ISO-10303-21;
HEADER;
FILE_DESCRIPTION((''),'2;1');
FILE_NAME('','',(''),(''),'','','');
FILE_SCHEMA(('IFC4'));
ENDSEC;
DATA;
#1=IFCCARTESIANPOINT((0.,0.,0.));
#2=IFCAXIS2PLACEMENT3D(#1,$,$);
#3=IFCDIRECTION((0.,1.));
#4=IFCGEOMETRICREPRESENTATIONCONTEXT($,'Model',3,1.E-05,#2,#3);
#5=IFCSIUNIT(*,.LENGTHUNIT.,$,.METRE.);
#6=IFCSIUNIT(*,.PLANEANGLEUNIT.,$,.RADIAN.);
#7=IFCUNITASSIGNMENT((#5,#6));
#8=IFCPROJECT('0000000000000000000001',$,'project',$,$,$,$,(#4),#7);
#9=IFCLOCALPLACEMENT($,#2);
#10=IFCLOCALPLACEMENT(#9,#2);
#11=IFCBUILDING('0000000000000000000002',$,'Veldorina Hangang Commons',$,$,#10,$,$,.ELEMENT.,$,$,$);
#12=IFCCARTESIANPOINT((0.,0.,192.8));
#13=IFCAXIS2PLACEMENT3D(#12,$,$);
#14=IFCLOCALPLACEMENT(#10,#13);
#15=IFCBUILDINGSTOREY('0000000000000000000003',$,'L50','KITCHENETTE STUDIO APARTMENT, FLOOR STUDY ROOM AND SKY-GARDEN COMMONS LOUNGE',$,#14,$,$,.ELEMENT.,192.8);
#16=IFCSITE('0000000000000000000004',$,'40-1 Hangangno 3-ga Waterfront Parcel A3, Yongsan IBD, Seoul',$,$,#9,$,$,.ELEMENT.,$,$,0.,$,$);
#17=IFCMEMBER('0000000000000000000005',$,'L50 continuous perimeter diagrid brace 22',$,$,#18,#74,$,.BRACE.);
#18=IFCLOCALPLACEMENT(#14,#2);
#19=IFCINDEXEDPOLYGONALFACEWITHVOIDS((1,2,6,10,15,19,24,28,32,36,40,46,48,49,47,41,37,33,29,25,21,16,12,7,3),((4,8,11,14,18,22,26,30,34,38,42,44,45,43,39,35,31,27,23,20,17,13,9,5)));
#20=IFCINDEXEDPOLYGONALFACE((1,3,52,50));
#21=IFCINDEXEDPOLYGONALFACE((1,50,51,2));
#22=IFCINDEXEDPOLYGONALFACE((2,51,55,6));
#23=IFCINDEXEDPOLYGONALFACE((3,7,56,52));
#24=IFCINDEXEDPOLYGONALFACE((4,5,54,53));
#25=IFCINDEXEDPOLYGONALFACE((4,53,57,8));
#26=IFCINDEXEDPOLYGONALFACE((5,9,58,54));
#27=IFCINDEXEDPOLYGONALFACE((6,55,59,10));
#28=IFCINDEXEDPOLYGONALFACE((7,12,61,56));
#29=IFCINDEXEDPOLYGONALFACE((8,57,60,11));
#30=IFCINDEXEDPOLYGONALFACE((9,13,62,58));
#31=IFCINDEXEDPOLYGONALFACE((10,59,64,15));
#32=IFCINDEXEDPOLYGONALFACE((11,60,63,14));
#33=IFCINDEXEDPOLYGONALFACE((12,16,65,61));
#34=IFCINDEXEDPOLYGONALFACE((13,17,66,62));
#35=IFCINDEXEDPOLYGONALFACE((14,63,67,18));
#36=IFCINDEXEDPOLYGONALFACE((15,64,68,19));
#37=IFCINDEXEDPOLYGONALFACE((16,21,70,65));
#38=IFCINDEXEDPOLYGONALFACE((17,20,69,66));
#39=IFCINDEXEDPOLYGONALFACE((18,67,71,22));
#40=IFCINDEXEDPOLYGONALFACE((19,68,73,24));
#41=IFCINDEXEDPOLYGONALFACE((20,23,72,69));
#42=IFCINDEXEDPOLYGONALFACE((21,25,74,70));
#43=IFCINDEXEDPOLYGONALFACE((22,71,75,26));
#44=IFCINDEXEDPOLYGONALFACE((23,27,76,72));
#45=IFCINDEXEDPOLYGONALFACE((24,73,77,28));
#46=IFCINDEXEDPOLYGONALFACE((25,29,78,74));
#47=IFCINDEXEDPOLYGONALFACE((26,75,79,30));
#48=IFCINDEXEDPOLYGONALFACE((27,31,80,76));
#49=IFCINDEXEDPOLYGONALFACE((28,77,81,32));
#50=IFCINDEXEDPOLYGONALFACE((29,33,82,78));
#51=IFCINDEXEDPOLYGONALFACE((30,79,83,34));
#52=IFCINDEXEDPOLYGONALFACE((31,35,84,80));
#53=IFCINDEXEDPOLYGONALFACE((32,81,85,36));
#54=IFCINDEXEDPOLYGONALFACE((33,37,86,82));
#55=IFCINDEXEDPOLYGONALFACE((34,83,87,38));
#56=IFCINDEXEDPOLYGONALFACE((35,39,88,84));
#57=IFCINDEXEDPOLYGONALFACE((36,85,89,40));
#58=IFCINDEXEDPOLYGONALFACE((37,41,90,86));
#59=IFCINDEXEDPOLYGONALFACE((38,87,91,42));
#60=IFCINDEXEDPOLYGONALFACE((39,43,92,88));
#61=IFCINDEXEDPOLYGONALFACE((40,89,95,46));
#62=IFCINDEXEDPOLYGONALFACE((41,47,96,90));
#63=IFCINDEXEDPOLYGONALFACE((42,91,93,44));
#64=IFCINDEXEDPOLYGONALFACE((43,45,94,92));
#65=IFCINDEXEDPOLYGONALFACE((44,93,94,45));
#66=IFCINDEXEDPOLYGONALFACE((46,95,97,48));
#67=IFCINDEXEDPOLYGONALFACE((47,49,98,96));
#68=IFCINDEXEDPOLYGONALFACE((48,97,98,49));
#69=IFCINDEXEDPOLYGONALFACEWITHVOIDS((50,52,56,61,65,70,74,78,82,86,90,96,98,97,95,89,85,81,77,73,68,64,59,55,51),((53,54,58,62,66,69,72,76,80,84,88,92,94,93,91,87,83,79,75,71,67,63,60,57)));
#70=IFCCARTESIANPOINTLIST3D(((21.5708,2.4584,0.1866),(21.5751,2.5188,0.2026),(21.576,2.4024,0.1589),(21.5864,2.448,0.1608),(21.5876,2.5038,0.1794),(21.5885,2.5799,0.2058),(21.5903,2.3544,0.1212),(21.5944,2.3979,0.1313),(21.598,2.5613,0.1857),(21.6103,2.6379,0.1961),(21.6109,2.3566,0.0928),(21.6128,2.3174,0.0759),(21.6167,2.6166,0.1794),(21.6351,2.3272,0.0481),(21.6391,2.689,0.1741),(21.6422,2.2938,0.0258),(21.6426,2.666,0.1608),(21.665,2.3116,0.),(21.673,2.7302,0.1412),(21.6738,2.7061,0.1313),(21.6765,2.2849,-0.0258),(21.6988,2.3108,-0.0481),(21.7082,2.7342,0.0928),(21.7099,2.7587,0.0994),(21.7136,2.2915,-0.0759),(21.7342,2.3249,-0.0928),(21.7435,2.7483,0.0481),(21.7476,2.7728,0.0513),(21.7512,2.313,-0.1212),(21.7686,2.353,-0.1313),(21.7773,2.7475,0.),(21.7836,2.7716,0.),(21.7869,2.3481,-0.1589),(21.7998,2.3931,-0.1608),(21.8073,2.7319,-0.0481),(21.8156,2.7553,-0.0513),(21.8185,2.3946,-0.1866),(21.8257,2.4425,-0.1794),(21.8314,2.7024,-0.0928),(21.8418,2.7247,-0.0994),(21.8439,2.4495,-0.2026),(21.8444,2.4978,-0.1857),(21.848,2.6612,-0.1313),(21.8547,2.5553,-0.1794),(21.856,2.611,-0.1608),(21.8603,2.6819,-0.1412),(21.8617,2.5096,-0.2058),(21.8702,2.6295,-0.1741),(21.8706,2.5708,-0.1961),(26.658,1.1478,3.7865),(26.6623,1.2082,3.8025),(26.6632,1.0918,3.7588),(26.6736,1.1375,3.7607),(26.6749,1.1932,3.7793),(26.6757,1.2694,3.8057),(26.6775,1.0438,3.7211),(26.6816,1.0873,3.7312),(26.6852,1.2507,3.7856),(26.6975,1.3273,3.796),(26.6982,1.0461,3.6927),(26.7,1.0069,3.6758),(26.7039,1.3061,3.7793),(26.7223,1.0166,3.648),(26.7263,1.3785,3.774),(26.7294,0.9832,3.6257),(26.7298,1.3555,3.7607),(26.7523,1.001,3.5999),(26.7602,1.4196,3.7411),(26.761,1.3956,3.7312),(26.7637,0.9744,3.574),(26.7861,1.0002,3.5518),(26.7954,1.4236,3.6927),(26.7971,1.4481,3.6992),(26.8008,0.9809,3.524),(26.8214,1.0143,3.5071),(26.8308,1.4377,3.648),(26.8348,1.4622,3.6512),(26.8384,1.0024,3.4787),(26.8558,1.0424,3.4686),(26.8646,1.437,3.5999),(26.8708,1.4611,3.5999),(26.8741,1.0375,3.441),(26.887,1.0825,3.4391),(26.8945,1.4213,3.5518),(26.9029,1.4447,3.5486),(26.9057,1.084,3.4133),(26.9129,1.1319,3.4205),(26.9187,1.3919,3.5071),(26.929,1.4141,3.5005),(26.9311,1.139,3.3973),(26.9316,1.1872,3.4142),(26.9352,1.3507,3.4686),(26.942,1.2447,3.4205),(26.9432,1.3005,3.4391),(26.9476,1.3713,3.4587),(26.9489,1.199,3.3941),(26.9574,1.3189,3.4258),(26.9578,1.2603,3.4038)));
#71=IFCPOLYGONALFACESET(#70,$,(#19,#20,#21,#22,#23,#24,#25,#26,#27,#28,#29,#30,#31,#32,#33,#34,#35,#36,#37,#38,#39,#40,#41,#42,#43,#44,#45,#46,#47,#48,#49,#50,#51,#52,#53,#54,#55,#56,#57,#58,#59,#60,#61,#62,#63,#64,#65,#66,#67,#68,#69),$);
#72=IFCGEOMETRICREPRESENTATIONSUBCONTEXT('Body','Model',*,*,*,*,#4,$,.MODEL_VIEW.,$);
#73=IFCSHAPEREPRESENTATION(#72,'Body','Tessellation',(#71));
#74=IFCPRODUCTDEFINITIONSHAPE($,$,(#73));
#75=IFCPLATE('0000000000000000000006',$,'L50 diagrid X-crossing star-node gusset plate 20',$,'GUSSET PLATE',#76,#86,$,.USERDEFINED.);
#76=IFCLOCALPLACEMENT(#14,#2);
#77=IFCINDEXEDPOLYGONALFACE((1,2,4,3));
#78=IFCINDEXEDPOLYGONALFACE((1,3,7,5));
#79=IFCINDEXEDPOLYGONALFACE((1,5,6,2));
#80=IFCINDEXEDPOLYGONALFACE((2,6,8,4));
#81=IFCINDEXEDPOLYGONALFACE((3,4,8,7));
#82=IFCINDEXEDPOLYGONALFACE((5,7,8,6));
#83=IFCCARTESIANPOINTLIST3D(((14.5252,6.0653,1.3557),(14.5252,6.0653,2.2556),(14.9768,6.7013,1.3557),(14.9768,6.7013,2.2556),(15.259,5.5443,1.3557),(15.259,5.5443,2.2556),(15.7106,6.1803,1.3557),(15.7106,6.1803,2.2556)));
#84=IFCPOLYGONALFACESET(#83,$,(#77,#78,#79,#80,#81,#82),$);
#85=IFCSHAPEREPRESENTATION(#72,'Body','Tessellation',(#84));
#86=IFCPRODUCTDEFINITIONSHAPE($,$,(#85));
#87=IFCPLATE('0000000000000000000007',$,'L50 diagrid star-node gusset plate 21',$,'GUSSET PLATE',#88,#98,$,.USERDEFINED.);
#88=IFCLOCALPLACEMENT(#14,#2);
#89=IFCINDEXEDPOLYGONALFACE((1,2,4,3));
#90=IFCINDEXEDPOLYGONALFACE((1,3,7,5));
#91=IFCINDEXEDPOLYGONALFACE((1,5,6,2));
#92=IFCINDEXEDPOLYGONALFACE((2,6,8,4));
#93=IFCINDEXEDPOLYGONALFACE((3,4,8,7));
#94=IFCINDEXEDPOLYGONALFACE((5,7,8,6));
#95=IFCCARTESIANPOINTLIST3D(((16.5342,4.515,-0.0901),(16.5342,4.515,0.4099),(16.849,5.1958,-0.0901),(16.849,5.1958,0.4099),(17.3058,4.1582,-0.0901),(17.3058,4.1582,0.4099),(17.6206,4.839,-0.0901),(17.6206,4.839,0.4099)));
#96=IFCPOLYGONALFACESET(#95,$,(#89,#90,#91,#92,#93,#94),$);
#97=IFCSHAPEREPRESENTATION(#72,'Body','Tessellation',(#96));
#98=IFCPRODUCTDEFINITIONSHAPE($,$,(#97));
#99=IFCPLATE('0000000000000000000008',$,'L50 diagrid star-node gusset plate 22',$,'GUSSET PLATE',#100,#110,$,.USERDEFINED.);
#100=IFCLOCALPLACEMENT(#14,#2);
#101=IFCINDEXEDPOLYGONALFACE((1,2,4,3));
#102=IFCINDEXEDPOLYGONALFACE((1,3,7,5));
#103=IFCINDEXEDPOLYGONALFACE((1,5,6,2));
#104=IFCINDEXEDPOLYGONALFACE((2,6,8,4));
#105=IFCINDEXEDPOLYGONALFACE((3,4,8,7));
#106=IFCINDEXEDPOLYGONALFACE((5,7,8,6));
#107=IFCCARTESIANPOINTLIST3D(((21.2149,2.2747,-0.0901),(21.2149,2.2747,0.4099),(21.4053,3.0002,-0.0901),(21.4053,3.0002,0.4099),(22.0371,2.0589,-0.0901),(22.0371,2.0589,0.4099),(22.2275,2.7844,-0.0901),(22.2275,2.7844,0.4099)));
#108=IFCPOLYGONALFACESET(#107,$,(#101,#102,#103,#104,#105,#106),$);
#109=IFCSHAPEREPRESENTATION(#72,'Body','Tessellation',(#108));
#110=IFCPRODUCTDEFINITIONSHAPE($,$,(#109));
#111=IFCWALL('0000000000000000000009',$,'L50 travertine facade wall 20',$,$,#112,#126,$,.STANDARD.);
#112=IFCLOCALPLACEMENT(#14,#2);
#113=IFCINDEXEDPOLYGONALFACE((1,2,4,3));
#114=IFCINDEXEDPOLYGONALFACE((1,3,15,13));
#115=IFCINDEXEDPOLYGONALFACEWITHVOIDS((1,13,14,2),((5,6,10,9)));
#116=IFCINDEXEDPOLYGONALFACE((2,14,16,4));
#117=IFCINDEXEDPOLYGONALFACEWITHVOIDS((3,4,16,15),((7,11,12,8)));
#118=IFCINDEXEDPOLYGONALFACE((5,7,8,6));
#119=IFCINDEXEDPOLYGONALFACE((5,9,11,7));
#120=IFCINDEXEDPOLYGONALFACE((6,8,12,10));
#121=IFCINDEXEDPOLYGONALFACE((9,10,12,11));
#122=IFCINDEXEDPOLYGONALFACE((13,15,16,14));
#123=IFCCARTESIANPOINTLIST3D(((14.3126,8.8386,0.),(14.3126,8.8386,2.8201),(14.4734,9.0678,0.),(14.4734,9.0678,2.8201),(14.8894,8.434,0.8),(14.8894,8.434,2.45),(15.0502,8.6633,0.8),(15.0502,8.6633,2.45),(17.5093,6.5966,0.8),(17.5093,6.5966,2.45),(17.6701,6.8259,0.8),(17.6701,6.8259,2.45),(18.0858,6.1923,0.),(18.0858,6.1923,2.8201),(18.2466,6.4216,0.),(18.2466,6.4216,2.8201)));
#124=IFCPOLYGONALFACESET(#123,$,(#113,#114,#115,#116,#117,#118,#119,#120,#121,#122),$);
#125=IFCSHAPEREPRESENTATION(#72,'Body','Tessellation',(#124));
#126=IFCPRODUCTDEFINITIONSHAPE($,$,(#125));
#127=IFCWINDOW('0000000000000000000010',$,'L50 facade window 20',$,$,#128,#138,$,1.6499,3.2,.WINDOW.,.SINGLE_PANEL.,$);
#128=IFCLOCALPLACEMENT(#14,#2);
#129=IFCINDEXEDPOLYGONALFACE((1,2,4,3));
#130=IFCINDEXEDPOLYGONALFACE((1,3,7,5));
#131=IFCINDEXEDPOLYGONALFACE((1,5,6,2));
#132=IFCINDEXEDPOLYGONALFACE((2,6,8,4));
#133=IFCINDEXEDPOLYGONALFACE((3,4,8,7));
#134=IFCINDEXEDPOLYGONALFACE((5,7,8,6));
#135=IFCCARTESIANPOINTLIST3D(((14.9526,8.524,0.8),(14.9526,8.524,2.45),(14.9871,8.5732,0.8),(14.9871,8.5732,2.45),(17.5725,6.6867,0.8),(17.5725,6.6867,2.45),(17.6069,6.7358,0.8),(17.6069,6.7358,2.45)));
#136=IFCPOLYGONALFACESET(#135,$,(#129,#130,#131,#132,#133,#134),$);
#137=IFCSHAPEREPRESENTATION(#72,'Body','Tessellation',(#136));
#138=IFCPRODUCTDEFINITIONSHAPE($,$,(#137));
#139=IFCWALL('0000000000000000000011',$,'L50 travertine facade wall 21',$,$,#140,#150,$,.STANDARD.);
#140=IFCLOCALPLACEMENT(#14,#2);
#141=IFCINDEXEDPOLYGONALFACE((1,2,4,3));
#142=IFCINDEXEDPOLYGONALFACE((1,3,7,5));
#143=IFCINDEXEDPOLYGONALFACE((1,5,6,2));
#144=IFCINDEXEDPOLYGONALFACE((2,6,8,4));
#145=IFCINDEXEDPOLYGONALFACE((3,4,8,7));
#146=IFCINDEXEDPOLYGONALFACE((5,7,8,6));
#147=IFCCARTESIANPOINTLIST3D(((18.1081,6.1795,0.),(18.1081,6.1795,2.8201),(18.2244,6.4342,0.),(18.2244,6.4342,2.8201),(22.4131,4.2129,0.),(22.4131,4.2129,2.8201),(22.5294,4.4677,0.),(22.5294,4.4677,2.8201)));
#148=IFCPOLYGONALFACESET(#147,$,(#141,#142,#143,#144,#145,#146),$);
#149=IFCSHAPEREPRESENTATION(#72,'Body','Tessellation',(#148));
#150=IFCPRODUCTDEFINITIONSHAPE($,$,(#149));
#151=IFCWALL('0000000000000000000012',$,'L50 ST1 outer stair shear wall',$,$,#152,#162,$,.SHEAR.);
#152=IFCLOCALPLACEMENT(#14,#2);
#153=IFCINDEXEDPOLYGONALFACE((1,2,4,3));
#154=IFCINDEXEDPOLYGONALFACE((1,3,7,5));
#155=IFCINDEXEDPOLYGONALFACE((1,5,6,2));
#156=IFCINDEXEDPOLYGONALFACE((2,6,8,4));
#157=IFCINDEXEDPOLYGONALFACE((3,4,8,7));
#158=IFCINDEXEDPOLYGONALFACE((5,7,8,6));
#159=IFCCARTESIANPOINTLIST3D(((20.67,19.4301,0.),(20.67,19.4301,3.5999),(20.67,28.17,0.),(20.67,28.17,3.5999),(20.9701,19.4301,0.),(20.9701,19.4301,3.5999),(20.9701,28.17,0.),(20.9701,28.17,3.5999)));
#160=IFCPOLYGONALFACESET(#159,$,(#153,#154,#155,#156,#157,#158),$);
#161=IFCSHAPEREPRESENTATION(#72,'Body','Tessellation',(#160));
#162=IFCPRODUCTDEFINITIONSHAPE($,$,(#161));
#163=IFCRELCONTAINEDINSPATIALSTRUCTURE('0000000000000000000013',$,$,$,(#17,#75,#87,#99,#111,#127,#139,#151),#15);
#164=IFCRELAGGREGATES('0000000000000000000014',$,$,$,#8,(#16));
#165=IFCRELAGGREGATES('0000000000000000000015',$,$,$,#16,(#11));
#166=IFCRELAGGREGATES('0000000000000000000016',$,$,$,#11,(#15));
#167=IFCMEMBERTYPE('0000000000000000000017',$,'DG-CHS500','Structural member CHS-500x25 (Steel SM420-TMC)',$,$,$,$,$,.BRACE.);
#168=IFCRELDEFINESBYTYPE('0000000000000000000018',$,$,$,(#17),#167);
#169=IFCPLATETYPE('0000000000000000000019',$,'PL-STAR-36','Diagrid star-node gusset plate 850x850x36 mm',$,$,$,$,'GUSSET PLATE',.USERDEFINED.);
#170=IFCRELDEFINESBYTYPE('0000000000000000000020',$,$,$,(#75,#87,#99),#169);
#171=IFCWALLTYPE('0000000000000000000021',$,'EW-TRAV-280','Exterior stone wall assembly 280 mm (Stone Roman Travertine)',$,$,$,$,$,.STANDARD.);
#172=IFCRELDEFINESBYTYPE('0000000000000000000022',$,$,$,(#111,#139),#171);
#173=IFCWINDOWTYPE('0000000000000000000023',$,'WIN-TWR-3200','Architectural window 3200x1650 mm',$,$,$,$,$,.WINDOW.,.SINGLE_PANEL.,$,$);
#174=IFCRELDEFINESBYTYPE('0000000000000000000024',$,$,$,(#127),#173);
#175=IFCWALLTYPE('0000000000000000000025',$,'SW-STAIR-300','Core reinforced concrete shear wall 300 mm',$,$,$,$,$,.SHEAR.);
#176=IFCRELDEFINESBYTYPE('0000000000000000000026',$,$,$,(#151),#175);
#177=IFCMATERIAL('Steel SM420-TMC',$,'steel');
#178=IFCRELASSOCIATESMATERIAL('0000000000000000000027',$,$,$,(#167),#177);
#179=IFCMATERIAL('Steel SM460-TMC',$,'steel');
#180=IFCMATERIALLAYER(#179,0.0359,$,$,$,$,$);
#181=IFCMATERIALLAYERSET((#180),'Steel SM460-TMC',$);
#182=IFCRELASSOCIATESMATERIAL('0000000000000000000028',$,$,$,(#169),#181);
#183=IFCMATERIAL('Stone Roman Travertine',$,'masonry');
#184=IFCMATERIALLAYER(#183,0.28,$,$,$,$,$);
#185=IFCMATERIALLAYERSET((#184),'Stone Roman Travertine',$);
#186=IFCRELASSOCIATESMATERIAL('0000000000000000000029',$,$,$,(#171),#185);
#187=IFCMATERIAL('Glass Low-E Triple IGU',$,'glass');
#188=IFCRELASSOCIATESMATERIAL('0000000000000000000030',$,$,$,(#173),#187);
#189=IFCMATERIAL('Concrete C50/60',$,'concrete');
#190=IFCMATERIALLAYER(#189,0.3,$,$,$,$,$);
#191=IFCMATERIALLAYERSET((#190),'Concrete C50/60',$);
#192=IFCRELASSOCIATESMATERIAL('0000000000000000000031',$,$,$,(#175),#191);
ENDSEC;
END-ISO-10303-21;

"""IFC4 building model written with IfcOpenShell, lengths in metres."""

from ifc_helpers import new_model, si_unit, direction, frame, frame_2d, origin, origin_2d, place, context, subcontext, project, spatial, rectangle, hollow_circle, extrude, material, layer, layer_set, material_profile, profile_set, type_object, element, fill, save


model = new_model("IFC4")

# Units and contexts
model_context = context("Model", 3, precision=1e-05, world=origin(), true_north=direction((0.0, 1.0)))
body_context = subcontext(model_context, "Body", "Model", "MODEL_VIEW")
ifc_project = project(units=[si_unit("LENGTHUNIT", "METRE"), si_unit("PLANEANGLEUNIT", "RADIAN")], contexts=[model_context])

# Site, building, storey
site_placement = place(None, origin())
site = spatial("IfcSite", under=ifc_project, at=site_placement, Name="40-1 Hangangno 3-ga Waterfront Parcel A3, Yongsan IBD, Seoul", CompositionType="ELEMENT", RefElevation=0.0)
building_placement = place(site_placement, origin())
building = spatial("IfcBuilding", under=site, at=building_placement, Name="Veldorina Hangang Commons", CompositionType="ELEMENT")
storey_placement = place(building_placement, frame((0.0, 0.0, 192.8)))
storey = spatial("IfcBuildingStorey", under=building, at=storey_placement, Name="L50", Description="KITCHENETTE STUDIO APARTMENT, FLOOR STUDY ROOM AND SKY-GARDEN COMMONS LOUNGE", CompositionType="ELEMENT", Elevation=192.8)

# Shared definitions
ifc_material_1 = material(Name="Steel SM420-TMC", Category="steel")

# Member
ifc_material_profile_1 = material_profile(ifc_material_1, hollow_circle(Radius=0.25, WallThickness=0.0249, at=origin_2d()), Name="CHS-500x25")
ifc_profile_set_1 = profile_set([ifc_material_profile_1], Name="Steel SM420-TMC")
member_type = type_object("IfcMemberType", Name="DG-CHS500", Description="Structural member CHS-500x25 (Steel SM420-TMC)", PredefinedType="BRACE", material=ifc_profile_set_1)
member_1_placement = place(storey_placement, frame((21.7212, 2.5295, 0.0), z_axis=(0.798821, -0.205791, 0.565274), x_axis=(0.249473, 0.968382, 0.0)))
element("IfcMember", 1, at=member_1_placement, inside=storey, type_object=member_type, Name="L50 continuous perimeter diagrid brace 22", PredefinedType="BRACE", context=body_context, shape_type="SweptSolid", body=[
    extrude(hollow_circle(Radius=0.25, WallThickness=0.0249, at=origin_2d()), origin(), (0.0, 0.0, 1.0), 6.3684),
])

# Plates
ifc_material_2 = material(Name="Steel SM460-TMC", Category="steel")
ifc_layer_1 = layer(ifc_material_2, 0.0359)
ifc_layer_set_1 = layer_set([ifc_layer_1], Name="Steel SM460-TMC")
plate_type = type_object("IfcPlateType", Name="PL-STAR-36", Description="Diagrid star-node gusset plate 850x850x36 mm", ElementType="GUSSET PLATE", PredefinedType="USERDEFINED", material=ifc_layer_set_1)
plate_placement = place(storey_placement, frame((15.1179, 6.1228, 1.3557), z_axis=(0.0, 0.0, 1.0), x_axis=(0.81536, -0.578954, 0.0)))
element("IfcPlate", 2, at=plate_placement, inside=storey, type_object=plate_type, Name="L50 diagrid X-crossing star-node gusset plate 20", ObjectType="GUSSET PLATE", PredefinedType="USERDEFINED", context=body_context, shape_type="SweptSolid", body=[
    extrude(rectangle(XDim=0.8999, YDim=0.78, at=origin_2d()), origin(), (0.0, 0.0, 1.0), 0.8999),
])
for number, where, z_axis, x_axis, name in (
    (3, (17.0774, 4.677, -0.0901), (0.0, 0.0, 1.0), (0.907646, -0.419737, 0.0), "L50 diagrid star-node gusset plate 21"),
    (4, (21.7212, 2.5295, -0.0901), (0.0, 0.0, 1.0), (0.967241, -0.253859, 0.0), "L50 diagrid star-node gusset plate 22"),
):
    element("IfcPlate", number, at=place(storey_placement, frame(where, z_axis=z_axis, x_axis=x_axis)), inside=storey, type_object=plate_type, Name=name, ObjectType="GUSSET PLATE", PredefinedType="USERDEFINED", context=body_context, shape_type="SweptSolid", body=[
        extrude(rectangle(XDim=0.8501, YDim=0.75, at=origin_2d()), origin(), (0.0, 0.0, 1.0), 0.5),
    ])

# Wall, opening, window
ifc_material_3 = material(Name="Stone Roman Travertine", Category="masonry")
ifc_layer_2 = layer(ifc_material_3, 0.28)
ifc_layer_set_2 = layer_set([ifc_layer_2], Name="Stone Roman Travertine")
wall_type_1 = type_object("IfcWallType", Name="EW-TRAV-280", Description="Exterior stone wall assembly 280 mm (Stone Roman Travertine)", PredefinedType="STANDARD", material=ifc_layer_set_2)
wall_1_placement = place(storey_placement, frame((14.3931, 8.9531, 0.0), z_axis=(0.0, 0.0, 1.0), x_axis=(0.818721, -0.574191, 0.0)))
wall_1 = element("IfcWall", 5, at=wall_1_placement, inside=storey, type_object=wall_type_1, Name="L50 travertine facade wall 20", PredefinedType="STANDARD", context=body_context, shape_type="SweptSolid", body=[
    extrude(rectangle(XDim=4.6086, YDim=0.28, at=frame_2d((2.3042, 0.0))), origin(), (0.0, 0.0, 1.0), 2.8201),
])
opening_1_placement = place(wall_1_placement, frame((0.7043, 0.0, 0.8)))
opening_1 = element("IfcOpeningElement", 6, at=opening_1_placement, cuts=wall_1, PredefinedType="OPENING", context=body_context, shape_type="SweptSolid", body=[
    extrude(rectangle(XDim=3.2, YDim=1.6499, at=frame_2d((1.6001, 0.825))), frame((0.0, 0.1499, 0.0), z_axis=(0.0, -1.0, 0.0), x_axis=(1.0, 0.0, 0.0)), (0.0, 0.0, 1.0), 0.3),
])
ifc_material_4 = material(Name="Glass Low-E Triple IGU", Category="glass")
window_type = type_object("IfcWindowType", Name="WIN-TWR-3200", Description="Architectural window 3200x1650 mm", PartitioningType="SINGLE_PANEL", PredefinedType="WINDOW", material=ifc_material_4)
window_placement = place(opening_1_placement, origin())
window = element("IfcWindow", 7, at=window_placement, inside=storey, type_object=window_type, Name="L50 facade window 20", OverallHeight=1.6499, OverallWidth=3.2, PartitioningType="SINGLE_PANEL", PredefinedType="WINDOW", context=body_context, shape_type="SweptSolid", body=[
    extrude(rectangle(XDim=3.2, YDim=1.6499, at=frame_2d((1.6001, 0.825))), frame((0.0, 0.03, 0.0), z_axis=(0.0, -1.0, 0.0), x_axis=(1.0, 0.0, 0.0)), (0.0, 0.0, 1.0), 0.0601),
])
fill(opening_1, window)

# Walls
wall_2_placement = place(storey_placement, frame((18.1663, 6.3069, 0.0), z_axis=(0.0, 0.0, 1.0), x_axis=(0.909588, -0.415512, 0.0)))
element("IfcWall", 8, at=wall_2_placement, inside=storey, type_object=wall_type_1, Name="L50 travertine facade wall 21", PredefinedType="STANDARD", context=body_context, shape_type="SweptSolid", body=[
    extrude(rectangle(XDim=4.7329, YDim=0.28, at=frame_2d((2.3665, 0.0))), origin(), (0.0, 0.0, 1.0), 2.8201),
])
ifc_material_5 = material(Name="Concrete C50/60", Category="concrete")
ifc_layer_3 = layer(ifc_material_5, 0.3)
ifc_layer_set_3 = layer_set([ifc_layer_3], Name="Concrete C50/60")
wall_type_2 = type_object("IfcWallType", Name="SW-STAIR-300", Description="Core reinforced concrete shear wall 300 mm", PredefinedType="SHEAR", material=ifc_layer_set_3)
wall_3_placement = place(storey_placement, frame((20.8201, 19.4299, 0.0), z_axis=(0.0, 0.0, 1.0), x_axis=(0.0, 1.0, 0.0)))
element("IfcWall", 9, at=wall_3_placement, inside=storey, type_object=wall_type_2, Name="L50 ST1 outer stair shear wall", PredefinedType="SHEAR", context=body_context, shape_type="SweptSolid", body=[
    extrude(rectangle(XDim=8.74, YDim=0.3, at=frame_2d((4.3701, 0.0))), origin(), (0.0, 0.0, 1.0), 3.5999),
])

save(model, "model.ifc")
